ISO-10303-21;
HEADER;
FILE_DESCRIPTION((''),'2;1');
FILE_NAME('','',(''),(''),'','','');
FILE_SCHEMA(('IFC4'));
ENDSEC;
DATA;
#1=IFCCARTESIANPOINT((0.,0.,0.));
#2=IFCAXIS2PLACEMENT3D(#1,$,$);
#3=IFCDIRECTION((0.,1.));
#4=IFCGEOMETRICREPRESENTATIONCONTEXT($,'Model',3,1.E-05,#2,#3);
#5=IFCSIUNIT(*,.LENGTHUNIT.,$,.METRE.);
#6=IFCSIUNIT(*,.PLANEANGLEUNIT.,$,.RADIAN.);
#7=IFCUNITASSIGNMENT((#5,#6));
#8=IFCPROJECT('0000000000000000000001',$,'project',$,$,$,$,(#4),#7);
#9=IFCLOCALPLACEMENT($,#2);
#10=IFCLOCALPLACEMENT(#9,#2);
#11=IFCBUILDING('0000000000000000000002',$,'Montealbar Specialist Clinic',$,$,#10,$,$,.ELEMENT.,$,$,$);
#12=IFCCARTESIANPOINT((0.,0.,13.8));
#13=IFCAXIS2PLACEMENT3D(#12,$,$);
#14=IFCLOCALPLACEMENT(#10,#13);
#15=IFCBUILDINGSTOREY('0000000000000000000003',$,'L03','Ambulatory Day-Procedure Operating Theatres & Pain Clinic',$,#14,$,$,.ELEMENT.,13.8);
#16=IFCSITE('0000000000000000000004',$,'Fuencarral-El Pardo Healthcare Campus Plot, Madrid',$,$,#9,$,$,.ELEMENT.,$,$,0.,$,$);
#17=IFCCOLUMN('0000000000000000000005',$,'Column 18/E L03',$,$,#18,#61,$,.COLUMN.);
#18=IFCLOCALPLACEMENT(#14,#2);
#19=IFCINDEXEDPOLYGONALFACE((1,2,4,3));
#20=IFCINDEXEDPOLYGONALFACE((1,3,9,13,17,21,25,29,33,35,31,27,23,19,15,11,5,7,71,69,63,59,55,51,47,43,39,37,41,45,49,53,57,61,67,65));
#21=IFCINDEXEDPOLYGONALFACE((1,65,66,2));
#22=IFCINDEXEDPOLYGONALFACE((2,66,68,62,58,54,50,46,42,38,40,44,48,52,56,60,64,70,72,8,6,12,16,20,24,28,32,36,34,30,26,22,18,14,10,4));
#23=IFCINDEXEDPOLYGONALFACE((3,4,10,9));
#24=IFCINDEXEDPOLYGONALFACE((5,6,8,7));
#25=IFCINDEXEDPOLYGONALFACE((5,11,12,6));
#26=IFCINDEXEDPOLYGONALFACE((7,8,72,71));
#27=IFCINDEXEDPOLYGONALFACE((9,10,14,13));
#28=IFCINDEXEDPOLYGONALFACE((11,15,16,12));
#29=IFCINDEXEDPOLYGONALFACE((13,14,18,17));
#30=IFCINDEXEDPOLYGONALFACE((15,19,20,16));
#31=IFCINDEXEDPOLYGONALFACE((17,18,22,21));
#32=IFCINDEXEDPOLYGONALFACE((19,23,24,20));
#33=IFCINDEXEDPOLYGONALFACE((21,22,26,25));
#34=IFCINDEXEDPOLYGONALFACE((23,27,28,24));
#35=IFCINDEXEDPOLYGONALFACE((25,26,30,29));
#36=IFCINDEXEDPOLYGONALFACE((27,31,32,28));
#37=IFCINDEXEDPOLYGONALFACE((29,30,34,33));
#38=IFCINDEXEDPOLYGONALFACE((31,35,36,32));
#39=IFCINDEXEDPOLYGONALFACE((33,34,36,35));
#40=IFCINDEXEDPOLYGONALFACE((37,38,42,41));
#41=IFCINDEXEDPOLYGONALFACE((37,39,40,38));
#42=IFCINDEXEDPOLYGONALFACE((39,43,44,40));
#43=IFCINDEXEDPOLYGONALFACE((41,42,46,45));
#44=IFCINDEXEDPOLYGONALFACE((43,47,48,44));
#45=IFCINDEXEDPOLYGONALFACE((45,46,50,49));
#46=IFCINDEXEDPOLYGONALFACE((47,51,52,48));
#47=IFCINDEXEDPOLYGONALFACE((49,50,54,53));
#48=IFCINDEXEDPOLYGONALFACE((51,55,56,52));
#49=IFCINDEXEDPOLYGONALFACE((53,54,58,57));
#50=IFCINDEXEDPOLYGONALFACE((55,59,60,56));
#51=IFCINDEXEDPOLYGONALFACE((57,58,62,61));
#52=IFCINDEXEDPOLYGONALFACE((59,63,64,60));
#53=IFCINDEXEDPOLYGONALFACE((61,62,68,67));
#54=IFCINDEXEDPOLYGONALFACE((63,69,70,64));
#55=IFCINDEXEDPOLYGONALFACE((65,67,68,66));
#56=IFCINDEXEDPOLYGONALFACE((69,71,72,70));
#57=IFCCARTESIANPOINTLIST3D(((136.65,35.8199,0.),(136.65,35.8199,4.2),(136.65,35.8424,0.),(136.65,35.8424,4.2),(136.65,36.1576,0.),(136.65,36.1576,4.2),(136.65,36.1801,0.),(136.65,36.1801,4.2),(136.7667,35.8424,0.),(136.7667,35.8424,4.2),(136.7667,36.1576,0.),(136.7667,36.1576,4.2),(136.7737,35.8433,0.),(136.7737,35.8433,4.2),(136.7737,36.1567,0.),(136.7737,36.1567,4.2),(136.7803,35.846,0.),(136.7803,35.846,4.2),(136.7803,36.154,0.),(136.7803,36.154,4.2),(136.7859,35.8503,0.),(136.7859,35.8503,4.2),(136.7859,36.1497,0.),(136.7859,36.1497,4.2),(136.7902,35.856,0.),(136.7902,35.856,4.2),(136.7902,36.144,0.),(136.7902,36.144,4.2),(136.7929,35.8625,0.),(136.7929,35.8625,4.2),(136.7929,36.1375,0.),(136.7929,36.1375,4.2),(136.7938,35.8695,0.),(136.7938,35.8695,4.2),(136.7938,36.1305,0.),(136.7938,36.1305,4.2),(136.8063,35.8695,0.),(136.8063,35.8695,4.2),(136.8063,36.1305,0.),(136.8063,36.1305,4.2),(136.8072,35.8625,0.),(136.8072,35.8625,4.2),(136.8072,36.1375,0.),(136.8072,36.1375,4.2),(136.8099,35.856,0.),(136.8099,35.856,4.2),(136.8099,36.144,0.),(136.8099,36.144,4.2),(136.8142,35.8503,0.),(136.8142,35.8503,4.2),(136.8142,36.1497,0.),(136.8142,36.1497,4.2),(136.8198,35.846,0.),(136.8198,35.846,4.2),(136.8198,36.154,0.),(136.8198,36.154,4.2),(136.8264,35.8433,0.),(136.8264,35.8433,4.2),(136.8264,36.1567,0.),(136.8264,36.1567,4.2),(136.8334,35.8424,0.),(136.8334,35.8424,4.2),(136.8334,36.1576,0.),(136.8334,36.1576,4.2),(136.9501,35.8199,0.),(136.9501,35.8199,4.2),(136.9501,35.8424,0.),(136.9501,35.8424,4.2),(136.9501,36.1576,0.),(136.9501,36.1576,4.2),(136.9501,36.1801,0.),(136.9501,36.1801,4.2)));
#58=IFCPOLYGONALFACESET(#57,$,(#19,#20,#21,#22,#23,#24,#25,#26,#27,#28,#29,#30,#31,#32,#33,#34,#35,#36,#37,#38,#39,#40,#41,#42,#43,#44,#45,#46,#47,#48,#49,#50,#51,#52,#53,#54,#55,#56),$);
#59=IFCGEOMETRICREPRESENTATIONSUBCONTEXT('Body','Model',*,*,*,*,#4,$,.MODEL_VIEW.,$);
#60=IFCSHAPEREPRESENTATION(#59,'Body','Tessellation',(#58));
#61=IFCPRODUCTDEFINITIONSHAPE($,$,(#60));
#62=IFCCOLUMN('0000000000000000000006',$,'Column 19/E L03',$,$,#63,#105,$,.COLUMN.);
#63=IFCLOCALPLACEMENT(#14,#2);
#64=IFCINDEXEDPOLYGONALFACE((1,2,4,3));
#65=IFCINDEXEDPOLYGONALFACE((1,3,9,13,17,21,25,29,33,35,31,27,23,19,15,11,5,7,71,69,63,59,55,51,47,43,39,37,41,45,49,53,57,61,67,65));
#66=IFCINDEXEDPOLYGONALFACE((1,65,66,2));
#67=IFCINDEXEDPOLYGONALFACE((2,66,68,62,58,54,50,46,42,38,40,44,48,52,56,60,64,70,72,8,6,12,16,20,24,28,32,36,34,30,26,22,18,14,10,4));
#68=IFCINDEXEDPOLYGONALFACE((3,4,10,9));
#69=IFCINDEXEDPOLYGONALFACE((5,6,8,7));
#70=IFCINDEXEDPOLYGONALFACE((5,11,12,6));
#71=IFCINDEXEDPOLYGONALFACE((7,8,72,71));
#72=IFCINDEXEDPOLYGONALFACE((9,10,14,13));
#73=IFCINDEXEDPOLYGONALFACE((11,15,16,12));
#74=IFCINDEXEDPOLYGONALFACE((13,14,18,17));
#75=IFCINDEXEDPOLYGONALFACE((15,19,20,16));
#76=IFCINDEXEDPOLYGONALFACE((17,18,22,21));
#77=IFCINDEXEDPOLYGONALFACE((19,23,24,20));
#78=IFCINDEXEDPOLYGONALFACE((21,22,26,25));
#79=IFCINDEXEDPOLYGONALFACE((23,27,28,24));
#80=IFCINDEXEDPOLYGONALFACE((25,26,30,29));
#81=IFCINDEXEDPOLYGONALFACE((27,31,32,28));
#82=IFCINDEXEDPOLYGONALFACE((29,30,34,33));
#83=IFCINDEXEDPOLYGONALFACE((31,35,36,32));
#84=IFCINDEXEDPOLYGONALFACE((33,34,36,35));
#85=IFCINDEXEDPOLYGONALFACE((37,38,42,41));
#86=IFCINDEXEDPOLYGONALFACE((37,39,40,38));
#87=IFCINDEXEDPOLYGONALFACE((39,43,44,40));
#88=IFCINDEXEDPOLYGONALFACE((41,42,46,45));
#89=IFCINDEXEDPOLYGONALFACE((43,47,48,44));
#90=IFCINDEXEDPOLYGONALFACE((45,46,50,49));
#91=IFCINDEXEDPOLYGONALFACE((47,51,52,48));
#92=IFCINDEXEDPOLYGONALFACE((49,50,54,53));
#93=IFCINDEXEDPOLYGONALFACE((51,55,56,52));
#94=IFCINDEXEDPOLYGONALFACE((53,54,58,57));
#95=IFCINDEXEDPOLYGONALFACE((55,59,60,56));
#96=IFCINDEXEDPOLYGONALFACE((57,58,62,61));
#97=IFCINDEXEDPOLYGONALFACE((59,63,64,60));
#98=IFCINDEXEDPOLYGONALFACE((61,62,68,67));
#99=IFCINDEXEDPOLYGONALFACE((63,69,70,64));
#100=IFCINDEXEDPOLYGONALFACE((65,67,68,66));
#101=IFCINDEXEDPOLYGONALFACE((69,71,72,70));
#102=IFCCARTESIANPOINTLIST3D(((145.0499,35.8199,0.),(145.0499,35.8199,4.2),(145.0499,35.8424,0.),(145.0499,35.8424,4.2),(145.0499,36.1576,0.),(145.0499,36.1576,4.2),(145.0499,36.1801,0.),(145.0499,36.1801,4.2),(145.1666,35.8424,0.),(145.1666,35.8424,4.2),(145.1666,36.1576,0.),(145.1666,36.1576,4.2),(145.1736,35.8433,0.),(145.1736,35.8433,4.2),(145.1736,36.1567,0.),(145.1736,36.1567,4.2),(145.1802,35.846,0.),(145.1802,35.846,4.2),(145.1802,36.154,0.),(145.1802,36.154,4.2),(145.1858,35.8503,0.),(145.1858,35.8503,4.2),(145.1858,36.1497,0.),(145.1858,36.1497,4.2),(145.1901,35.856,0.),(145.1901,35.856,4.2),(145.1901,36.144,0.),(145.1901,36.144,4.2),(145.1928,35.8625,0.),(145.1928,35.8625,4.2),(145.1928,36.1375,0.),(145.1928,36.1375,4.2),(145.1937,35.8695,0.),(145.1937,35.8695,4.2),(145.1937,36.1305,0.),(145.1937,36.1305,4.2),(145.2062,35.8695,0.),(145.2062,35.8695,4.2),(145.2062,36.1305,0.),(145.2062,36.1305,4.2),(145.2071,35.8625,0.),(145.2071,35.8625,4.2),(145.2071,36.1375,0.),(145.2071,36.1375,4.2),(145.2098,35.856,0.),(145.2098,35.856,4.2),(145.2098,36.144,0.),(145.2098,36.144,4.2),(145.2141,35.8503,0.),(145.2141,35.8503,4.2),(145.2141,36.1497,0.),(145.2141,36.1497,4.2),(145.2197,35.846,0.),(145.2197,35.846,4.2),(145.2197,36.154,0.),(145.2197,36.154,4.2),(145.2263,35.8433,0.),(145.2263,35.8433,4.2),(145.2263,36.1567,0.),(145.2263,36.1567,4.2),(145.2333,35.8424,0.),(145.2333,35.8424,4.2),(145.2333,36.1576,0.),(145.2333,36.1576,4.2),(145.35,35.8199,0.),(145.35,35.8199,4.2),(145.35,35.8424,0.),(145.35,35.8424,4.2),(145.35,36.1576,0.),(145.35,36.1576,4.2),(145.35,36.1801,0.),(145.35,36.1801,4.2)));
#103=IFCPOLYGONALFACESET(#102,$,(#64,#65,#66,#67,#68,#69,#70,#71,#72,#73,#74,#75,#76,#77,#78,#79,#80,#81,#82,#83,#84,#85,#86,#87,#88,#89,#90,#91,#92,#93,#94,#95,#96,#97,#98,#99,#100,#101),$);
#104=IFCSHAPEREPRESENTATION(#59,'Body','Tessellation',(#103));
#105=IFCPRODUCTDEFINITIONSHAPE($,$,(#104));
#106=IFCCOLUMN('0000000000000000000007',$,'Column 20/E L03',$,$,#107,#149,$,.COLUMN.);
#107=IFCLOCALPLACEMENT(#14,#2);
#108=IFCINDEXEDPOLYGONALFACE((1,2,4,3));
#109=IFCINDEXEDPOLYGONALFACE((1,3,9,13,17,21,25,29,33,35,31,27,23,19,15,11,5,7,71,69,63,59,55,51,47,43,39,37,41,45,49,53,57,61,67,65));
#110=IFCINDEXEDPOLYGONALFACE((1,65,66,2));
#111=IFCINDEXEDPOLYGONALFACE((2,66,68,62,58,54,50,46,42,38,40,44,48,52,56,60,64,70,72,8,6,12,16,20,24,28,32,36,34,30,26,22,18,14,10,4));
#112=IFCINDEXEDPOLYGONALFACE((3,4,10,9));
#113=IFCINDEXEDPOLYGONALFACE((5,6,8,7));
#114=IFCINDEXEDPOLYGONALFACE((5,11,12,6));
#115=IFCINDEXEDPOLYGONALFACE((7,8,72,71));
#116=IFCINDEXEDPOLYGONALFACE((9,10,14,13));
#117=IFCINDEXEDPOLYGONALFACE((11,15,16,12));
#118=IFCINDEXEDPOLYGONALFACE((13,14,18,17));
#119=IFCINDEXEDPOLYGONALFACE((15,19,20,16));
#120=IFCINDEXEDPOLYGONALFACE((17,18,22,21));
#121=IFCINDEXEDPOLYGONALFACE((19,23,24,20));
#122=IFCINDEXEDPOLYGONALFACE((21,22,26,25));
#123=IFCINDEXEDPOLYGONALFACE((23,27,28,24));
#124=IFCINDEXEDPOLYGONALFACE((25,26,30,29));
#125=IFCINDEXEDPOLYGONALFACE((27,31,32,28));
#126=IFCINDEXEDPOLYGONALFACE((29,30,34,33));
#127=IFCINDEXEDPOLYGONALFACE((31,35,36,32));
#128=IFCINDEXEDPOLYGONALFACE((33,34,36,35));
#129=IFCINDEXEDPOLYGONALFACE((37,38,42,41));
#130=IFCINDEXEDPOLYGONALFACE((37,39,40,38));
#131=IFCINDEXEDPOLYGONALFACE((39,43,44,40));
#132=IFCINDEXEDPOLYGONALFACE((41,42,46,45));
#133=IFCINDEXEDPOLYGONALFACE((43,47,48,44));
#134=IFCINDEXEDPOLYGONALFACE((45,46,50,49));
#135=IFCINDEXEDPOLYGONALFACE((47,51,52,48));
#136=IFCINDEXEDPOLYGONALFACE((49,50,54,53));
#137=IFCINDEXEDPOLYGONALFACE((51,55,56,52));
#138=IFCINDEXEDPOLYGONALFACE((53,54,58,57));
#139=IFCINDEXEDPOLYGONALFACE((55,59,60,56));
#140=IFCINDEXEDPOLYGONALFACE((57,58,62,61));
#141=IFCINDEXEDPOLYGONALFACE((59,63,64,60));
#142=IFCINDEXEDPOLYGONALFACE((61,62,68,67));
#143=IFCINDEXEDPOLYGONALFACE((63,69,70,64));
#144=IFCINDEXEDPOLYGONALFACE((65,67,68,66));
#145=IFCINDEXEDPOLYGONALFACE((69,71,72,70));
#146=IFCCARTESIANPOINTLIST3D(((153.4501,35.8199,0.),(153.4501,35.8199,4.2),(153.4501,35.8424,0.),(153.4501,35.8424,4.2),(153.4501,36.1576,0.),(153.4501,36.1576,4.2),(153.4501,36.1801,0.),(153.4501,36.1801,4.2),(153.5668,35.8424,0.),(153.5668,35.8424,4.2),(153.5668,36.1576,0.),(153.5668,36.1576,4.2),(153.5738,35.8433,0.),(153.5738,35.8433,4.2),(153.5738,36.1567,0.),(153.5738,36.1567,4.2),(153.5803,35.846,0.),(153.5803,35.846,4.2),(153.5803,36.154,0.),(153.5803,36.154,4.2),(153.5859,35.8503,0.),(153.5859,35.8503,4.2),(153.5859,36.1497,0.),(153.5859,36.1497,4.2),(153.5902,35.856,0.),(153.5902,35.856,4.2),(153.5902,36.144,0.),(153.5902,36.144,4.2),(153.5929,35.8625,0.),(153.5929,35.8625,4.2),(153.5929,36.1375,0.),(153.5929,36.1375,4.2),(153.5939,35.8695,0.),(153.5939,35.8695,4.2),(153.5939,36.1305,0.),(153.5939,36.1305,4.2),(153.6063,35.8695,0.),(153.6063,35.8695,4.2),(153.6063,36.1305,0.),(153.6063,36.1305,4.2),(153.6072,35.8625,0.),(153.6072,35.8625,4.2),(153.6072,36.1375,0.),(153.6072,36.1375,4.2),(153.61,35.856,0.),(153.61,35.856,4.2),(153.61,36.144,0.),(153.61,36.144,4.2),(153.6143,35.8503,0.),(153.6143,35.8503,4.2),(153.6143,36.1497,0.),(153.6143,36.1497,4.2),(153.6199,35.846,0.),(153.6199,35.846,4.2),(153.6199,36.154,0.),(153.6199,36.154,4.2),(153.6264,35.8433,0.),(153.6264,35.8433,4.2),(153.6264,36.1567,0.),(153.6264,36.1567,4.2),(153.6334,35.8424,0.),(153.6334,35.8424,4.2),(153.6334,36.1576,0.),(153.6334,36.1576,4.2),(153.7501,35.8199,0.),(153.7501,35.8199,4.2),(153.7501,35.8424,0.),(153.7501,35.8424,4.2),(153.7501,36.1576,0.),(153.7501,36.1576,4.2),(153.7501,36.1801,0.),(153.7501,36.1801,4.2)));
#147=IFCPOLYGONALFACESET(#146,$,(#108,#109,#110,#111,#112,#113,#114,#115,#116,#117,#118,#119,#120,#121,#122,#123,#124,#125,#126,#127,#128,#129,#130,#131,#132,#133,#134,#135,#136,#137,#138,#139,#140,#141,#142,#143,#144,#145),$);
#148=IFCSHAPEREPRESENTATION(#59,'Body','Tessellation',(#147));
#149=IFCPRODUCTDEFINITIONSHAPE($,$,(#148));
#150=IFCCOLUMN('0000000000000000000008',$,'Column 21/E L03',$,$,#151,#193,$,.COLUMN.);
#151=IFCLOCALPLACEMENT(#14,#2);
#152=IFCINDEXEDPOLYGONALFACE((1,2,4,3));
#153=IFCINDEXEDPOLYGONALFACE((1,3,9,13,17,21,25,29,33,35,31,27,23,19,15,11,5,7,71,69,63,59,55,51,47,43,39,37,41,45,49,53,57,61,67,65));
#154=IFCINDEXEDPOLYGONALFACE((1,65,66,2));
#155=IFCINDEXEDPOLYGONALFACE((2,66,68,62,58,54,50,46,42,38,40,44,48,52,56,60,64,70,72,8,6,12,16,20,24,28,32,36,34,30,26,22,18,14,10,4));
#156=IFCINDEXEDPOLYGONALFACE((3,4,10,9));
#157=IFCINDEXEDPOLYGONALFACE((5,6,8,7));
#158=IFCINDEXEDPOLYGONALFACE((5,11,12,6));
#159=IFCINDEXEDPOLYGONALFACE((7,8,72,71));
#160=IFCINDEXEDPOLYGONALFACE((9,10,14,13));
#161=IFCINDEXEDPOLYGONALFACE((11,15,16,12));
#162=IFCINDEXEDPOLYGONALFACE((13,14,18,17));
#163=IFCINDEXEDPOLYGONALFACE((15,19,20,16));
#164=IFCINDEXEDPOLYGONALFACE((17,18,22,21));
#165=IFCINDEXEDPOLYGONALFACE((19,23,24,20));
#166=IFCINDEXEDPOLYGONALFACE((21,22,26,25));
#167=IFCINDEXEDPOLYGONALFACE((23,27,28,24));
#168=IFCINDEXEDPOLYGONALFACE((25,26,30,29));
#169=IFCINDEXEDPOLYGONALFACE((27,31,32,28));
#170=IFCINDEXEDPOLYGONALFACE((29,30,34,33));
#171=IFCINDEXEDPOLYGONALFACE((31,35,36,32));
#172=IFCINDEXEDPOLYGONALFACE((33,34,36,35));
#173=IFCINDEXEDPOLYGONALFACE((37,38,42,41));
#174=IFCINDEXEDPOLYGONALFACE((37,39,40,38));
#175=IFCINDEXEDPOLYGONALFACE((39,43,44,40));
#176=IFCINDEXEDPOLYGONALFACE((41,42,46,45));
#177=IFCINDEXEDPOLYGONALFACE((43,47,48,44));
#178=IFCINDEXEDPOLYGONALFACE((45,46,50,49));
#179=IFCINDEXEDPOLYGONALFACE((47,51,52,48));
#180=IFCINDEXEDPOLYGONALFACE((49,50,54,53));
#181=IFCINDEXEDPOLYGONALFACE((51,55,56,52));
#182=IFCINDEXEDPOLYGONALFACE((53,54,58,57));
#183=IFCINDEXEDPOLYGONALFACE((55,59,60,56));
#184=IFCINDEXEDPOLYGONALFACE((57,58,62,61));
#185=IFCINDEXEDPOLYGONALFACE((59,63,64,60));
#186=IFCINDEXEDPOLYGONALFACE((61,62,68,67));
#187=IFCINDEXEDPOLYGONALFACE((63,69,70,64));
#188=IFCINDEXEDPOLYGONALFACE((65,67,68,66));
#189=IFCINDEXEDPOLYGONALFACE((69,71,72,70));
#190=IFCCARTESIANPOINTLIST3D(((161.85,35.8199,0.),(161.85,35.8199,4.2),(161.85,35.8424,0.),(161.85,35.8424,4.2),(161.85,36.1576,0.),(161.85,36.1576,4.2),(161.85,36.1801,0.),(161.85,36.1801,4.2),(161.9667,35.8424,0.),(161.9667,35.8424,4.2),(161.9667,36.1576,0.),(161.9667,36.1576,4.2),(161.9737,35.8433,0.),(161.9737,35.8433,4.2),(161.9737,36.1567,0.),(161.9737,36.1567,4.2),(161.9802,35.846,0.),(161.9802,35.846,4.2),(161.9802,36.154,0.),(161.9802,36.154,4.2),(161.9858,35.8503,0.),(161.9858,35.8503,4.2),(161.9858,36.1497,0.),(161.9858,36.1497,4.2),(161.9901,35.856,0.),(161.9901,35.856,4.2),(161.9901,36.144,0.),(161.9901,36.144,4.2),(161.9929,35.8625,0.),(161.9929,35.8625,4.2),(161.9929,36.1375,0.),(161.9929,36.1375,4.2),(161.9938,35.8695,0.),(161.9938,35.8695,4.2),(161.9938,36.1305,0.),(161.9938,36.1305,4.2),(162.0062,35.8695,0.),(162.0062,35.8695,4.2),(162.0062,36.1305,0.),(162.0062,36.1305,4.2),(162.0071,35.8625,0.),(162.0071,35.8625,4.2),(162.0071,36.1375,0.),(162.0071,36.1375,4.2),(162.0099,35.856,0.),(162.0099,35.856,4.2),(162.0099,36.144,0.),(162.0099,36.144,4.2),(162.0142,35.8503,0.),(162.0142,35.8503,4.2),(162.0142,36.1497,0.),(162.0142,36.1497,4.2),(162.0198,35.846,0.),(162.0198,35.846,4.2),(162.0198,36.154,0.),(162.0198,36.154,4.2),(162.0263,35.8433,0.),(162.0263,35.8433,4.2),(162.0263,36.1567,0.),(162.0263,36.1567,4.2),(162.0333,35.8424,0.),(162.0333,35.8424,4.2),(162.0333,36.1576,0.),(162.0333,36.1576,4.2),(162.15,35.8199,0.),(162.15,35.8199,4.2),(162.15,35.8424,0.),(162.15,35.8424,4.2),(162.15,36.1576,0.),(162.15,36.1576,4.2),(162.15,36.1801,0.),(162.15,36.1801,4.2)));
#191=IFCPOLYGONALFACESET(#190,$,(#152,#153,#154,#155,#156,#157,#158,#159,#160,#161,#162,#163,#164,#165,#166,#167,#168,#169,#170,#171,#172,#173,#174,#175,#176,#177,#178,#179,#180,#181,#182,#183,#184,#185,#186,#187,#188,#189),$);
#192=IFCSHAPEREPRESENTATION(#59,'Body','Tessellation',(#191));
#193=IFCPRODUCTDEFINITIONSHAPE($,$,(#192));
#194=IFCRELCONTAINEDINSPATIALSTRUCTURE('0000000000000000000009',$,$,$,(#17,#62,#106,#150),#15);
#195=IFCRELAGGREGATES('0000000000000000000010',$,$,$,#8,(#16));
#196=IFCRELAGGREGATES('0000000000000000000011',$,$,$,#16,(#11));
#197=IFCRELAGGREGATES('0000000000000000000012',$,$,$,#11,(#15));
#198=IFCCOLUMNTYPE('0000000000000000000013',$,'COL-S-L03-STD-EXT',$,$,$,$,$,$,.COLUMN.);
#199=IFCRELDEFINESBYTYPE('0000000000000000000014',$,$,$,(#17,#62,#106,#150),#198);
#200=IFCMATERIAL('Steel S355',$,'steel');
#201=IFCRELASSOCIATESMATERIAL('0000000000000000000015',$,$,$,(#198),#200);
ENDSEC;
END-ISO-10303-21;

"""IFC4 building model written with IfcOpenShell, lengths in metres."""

from ifc_helpers import new_model, si_unit, direction, frame, origin, origin_2d, place, context, subcontext, project, spatial, i_section, extrude, material, material_profile, profile_set, type_object, element, save


model = new_model("IFC4")

# Units and contexts
model_context = context("Model", 3, precision=1e-05, world=origin(), true_north=direction((0.0, 1.0)))
body_context = subcontext(model_context, "Body", "Model", "MODEL_VIEW")
ifc_project = project(units=[si_unit("LENGTHUNIT", "METRE"), si_unit("PLANEANGLEUNIT", "RADIAN")], contexts=[model_context])

# Site, building, storey
site_placement = place(None, origin())
site = spatial("IfcSite", under=ifc_project, at=site_placement, Name="Fuencarral-El Pardo Healthcare Campus Plot, Madrid", CompositionType="ELEMENT", RefElevation=0.0)
building_placement = place(site_placement, origin())
building = spatial("IfcBuilding", under=site, at=building_placement, Name="Montealbar Specialist Clinic", CompositionType="ELEMENT")
storey_placement = place(building_placement, frame((0.0, 0.0, 13.8)))
storey = spatial("IfcBuildingStorey", under=building, at=storey_placement, Name="L03", Description="Ambulatory Day-Procedure Operating Theatres & Pain Clinic", CompositionType="ELEMENT", Elevation=13.8)

# Columns
ifc_material_1 = material(Name="Steel S355", Category="steel")
ifc_material_profile_1 = material_profile(ifc_material_1, i_section(OverallWidth=0.3, OverallDepth=0.3601, WebThickness=0.0125, FlangeThickness=0.0225, FilletRadius=0.0271, at=origin_2d()), Name="HEB 360", Category="steel")
ifc_profile_set_1 = profile_set([ifc_material_profile_1], Name="Steel S355")
column_type = type_object("IfcColumnType", Name="COL-S-L03-STD-EXT", PredefinedType="COLUMN", material=ifc_profile_set_1)
for number, where, z_axis, x_axis, name in (
    (1, (136.8, 36.0, 0.0), (0.0, 0.0, 1.0), (1.0, 0.0, 0.0), "Column 18/E L03"),
    (2, (145.2, 36.0, 0.0), (0.0, 0.0, 1.0), (1.0, 0.0, 0.0), "Column 19/E L03"),
    (3, (153.6001, 36.0, 0.0), (0.0, 0.0, 1.0), (1.0, 0.0, 0.0), "Column 20/E L03"),
    (4, (162.0, 36.0, 0.0), (0.0, 0.0, 1.0), (1.0, 0.0, 0.0), "Column 21/E L03"),
):
    element("IfcColumn", number, at=place(storey_placement, frame(where, z_axis=z_axis, x_axis=x_axis)), inside=storey, type_object=column_type, Name=name, PredefinedType="COLUMN", context=body_context, shape_type="SweptSolid", body=[
        extrude(i_section(OverallWidth=0.3, OverallDepth=0.3601, WebThickness=0.0125, FlangeThickness=0.0225, FilletRadius=0.0271, at=origin_2d()), origin(), (0.0, 0.0, 1.0), 4.2),
    ])

save(model, "model.ifc")
